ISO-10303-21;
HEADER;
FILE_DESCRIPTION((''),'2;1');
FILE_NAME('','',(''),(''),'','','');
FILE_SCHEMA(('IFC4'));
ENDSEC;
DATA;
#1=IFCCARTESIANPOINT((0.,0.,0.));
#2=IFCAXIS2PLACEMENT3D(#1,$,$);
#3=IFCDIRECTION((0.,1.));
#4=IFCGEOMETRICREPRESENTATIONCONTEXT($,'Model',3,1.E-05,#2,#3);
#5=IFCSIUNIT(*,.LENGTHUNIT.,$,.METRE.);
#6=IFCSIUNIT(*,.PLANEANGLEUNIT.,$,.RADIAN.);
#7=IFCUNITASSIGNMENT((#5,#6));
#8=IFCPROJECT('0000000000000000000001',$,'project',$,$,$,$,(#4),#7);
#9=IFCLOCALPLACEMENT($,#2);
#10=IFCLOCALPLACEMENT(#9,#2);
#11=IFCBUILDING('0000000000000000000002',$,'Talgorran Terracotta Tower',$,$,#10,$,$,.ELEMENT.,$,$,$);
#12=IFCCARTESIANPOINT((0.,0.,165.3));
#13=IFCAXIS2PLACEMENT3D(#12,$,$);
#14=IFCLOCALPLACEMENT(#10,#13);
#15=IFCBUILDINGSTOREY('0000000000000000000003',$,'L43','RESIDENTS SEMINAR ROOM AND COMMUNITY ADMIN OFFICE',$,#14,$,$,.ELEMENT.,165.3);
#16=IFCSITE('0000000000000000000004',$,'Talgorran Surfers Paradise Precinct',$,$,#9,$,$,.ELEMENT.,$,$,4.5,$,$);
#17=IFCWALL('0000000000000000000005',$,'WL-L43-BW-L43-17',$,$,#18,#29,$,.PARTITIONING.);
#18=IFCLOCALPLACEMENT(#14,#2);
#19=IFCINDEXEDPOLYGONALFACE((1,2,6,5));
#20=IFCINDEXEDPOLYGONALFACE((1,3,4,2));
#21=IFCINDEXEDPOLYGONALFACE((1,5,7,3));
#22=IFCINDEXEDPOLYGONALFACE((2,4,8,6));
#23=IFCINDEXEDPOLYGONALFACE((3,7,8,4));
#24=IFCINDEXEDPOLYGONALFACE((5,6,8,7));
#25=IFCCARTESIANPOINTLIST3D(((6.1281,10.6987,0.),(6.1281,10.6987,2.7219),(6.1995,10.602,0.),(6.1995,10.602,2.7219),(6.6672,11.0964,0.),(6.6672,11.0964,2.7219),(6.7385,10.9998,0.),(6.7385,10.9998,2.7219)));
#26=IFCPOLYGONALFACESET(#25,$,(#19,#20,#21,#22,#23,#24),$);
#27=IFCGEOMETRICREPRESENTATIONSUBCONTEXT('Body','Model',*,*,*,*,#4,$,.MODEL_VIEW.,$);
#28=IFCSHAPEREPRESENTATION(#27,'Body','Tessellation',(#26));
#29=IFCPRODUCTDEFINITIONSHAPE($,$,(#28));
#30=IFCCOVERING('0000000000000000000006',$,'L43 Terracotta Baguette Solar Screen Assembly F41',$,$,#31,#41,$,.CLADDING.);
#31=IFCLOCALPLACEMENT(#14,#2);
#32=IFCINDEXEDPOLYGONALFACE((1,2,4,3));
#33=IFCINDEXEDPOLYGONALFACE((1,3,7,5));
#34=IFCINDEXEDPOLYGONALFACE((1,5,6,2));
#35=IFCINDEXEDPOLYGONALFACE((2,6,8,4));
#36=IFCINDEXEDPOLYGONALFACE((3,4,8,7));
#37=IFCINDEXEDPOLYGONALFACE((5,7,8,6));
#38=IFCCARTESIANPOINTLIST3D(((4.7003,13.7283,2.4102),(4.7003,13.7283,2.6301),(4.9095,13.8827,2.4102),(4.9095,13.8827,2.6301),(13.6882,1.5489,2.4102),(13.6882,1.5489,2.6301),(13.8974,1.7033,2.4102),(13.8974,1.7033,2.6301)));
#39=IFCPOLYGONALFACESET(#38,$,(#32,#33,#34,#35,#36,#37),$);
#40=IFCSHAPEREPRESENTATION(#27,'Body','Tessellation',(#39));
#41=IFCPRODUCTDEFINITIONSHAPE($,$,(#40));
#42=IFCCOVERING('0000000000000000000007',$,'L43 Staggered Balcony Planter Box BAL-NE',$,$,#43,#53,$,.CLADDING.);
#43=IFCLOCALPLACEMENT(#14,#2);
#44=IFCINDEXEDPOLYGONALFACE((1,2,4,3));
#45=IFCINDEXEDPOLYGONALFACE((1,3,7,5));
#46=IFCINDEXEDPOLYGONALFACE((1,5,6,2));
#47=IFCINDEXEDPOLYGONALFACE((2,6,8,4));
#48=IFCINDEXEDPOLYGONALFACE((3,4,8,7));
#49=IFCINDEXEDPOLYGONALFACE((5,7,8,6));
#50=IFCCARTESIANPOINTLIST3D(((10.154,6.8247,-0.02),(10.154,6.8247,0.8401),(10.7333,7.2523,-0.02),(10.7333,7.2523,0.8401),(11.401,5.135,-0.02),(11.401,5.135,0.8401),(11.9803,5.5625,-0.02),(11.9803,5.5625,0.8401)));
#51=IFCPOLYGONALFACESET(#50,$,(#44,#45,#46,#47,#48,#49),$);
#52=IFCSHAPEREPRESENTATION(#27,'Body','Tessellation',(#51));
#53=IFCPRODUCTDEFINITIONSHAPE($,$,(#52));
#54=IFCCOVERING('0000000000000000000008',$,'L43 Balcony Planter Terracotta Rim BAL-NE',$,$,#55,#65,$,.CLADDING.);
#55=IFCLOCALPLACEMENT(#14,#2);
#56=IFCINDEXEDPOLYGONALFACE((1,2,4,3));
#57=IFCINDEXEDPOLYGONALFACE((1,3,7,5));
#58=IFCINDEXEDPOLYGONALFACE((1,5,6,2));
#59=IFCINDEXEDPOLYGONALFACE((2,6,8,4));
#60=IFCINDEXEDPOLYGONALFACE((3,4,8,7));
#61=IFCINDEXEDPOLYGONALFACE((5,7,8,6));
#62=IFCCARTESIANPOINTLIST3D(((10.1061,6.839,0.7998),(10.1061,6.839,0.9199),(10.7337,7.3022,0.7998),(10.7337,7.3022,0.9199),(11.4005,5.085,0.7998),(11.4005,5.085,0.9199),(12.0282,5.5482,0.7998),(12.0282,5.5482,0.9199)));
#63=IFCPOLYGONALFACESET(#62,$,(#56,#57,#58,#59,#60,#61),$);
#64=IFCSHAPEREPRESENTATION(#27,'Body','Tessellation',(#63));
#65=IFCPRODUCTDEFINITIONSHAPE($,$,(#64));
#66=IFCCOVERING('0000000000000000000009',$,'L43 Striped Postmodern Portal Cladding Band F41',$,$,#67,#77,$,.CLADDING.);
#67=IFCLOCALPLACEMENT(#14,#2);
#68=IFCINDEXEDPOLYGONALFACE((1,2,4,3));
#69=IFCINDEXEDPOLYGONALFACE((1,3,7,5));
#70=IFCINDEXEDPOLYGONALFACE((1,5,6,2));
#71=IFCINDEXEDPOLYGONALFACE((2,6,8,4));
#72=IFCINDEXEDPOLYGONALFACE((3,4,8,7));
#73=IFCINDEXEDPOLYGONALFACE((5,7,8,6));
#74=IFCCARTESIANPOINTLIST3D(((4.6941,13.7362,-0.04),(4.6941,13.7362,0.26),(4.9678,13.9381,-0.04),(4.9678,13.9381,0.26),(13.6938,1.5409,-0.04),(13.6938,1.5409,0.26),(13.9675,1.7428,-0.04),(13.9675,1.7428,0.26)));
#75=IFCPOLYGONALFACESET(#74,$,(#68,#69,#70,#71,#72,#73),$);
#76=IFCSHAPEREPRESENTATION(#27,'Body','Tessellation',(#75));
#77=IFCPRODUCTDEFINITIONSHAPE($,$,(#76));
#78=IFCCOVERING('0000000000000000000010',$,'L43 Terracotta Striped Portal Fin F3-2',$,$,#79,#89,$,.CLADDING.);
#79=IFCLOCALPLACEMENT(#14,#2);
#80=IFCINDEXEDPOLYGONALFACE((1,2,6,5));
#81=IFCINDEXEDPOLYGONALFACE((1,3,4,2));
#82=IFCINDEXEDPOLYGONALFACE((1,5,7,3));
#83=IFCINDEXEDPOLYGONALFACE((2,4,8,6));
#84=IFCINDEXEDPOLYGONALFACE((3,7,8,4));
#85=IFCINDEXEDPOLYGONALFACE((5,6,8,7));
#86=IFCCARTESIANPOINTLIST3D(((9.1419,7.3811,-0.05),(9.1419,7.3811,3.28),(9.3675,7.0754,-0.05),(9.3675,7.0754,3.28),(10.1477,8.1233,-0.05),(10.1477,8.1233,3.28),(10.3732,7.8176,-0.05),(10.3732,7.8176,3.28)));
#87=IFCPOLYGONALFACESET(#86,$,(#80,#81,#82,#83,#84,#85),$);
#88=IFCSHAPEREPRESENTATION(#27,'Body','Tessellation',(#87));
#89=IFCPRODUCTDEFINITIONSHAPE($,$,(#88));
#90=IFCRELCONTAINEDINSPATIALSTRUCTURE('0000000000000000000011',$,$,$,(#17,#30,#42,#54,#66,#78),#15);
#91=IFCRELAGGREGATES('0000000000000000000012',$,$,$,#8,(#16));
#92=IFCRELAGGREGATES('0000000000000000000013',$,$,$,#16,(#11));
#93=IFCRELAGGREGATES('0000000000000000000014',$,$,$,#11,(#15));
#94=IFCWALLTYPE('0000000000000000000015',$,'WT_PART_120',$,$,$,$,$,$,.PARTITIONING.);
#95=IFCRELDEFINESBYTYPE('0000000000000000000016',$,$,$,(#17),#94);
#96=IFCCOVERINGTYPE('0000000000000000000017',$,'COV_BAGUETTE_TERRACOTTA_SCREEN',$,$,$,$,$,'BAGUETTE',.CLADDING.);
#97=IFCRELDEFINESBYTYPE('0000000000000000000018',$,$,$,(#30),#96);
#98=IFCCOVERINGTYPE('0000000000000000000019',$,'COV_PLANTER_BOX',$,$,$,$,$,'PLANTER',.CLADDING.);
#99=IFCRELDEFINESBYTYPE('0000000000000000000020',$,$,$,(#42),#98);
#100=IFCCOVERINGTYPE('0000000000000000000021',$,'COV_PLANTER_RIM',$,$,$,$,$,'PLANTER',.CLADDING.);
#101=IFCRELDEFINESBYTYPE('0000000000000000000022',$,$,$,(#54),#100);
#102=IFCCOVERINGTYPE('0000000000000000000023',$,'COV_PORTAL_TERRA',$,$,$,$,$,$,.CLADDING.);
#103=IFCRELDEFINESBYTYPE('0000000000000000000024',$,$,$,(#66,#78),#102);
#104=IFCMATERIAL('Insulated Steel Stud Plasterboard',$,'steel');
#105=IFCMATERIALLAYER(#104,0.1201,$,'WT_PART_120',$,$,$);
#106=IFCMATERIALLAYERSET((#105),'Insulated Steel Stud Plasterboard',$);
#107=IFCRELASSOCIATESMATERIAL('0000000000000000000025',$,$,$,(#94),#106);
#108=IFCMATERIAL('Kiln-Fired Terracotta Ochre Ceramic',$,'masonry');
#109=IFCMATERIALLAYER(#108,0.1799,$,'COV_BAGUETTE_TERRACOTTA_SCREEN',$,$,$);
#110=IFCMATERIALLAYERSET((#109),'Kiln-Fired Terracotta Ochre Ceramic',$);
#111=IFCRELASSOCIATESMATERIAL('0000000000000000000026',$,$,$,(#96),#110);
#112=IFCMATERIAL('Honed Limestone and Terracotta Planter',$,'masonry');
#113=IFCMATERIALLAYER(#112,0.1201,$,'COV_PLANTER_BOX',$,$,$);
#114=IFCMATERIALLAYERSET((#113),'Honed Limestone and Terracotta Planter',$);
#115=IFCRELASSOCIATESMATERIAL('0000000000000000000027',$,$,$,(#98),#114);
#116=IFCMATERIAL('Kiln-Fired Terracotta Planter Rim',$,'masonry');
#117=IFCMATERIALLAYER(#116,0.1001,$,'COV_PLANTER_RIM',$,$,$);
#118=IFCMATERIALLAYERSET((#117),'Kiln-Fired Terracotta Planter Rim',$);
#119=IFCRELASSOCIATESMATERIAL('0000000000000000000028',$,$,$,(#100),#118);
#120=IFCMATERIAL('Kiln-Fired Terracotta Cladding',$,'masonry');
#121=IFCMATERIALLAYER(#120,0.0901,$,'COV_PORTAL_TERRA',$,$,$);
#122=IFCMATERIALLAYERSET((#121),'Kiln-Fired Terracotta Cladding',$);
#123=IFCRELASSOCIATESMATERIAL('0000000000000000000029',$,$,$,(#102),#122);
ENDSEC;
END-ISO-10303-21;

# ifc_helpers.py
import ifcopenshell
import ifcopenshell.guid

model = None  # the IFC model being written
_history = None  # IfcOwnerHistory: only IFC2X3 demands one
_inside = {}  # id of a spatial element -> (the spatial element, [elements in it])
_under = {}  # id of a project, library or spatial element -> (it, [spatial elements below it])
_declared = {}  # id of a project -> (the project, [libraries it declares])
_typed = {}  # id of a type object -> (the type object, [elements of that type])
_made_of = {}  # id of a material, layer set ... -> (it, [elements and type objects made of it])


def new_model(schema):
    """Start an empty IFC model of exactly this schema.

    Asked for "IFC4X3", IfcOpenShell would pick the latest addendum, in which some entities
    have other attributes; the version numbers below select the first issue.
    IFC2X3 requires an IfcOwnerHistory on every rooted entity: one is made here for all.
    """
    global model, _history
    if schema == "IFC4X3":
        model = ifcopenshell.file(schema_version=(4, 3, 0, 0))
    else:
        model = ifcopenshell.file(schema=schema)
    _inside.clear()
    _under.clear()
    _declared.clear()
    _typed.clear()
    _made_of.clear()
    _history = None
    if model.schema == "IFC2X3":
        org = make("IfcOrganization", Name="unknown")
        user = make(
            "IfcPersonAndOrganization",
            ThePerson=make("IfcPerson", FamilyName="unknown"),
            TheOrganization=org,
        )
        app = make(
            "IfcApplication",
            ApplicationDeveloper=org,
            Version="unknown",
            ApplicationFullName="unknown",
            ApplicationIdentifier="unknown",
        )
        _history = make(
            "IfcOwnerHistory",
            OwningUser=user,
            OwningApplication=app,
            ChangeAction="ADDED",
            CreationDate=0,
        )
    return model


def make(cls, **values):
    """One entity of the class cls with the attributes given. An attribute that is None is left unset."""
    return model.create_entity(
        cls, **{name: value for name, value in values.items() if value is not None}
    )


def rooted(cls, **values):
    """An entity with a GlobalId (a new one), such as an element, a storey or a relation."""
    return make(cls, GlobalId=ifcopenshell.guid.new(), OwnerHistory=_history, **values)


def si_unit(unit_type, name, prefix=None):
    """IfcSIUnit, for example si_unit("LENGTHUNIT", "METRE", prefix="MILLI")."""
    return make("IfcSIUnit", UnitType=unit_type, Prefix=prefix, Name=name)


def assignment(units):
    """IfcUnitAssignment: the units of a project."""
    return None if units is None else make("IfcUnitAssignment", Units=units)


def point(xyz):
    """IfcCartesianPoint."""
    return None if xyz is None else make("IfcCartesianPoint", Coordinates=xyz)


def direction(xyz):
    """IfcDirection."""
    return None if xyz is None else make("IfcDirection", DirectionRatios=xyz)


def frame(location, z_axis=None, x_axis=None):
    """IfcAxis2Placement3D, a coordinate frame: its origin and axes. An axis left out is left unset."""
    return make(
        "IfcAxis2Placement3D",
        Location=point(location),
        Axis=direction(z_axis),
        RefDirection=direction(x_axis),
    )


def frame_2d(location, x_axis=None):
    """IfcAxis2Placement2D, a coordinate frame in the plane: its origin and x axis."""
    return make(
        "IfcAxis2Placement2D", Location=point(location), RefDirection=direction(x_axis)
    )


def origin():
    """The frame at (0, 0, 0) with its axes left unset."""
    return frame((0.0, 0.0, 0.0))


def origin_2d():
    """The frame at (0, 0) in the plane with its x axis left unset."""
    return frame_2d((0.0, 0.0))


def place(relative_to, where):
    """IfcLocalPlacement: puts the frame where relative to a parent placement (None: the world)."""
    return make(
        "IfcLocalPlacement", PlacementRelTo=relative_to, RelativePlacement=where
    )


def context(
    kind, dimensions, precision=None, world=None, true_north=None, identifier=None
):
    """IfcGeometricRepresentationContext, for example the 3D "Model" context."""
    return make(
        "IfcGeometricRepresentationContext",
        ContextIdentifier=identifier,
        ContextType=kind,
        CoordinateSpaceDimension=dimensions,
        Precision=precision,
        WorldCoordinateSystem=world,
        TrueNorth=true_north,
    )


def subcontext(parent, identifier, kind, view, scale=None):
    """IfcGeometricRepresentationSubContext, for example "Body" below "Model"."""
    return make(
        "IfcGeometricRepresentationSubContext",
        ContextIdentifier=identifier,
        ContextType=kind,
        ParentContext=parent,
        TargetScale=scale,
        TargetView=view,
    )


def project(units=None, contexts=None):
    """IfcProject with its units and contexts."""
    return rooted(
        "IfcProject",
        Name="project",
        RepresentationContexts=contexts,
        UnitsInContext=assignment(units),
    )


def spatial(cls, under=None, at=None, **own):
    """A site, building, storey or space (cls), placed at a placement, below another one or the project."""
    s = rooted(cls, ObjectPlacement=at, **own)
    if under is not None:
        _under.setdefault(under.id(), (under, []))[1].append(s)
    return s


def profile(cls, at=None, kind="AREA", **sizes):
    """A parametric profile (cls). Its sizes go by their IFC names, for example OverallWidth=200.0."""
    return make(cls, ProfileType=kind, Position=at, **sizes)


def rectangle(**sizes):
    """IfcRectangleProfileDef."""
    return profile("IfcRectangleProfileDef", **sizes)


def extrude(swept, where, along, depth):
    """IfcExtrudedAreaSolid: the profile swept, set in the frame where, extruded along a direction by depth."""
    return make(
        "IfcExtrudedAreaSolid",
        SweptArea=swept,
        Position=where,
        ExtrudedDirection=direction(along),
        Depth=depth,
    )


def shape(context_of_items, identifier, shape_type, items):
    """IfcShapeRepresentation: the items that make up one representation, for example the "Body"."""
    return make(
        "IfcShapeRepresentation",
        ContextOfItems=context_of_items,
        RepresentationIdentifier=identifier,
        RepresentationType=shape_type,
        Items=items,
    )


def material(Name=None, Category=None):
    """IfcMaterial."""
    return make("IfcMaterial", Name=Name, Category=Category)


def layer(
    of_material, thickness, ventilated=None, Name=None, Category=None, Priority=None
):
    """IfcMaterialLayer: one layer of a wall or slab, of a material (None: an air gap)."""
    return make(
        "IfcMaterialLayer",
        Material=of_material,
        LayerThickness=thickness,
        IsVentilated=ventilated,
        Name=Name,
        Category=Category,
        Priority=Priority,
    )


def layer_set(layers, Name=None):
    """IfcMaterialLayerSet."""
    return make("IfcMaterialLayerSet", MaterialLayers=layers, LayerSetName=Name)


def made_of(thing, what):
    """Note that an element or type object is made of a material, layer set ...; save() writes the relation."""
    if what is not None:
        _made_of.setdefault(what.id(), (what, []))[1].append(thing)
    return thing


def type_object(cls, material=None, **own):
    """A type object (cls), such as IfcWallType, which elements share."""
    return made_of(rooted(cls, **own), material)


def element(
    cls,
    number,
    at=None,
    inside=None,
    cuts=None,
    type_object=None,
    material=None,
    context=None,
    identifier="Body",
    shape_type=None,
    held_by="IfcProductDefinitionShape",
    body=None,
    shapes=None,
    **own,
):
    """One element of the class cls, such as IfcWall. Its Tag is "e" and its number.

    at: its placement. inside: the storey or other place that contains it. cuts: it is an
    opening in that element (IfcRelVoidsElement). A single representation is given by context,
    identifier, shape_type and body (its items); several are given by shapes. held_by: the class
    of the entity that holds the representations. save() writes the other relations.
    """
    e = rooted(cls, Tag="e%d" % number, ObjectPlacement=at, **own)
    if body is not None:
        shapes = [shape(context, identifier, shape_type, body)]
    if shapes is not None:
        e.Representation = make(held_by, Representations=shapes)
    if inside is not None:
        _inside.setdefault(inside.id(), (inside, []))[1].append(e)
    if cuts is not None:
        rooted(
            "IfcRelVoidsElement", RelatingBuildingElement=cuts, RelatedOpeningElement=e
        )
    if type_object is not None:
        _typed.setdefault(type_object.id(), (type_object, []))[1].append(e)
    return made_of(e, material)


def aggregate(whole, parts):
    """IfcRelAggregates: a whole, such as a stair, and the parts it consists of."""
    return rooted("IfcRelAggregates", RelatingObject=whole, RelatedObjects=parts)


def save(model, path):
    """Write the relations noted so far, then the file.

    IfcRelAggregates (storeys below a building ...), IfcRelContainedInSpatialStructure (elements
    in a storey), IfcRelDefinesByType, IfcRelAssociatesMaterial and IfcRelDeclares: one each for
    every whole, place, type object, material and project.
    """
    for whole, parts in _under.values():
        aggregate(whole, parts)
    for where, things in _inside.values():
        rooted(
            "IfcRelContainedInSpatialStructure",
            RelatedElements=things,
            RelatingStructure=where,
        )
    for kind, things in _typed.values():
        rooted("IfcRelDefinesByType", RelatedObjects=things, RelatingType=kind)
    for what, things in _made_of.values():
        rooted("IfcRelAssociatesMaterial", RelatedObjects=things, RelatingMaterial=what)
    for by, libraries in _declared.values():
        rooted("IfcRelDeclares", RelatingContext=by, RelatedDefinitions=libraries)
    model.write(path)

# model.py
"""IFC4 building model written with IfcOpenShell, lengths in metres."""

from ifc_helpers import new_model, si_unit, direction, frame, frame_2d, origin, origin_2d, place, context, subcontext, project, spatial, rectangle, extrude, material, layer, layer_set, type_object, element, save


model = new_model("IFC4")

# Units and contexts
model_context = context("Model", 3, precision=1e-05, world=origin(), true_north=direction((0.0, 1.0)))
body_context = subcontext(model_context, "Body", "Model", "MODEL_VIEW")
ifc_project = project(units=[si_unit("LENGTHUNIT", "METRE"), si_unit("PLANEANGLEUNIT", "RADIAN")], contexts=[model_context])

# Site, building, storey
site_placement = place(None, origin())
site = spatial("IfcSite", under=ifc_project, at=site_placement, Name="Talgorran Surfers Paradise Precinct", CompositionType="ELEMENT", RefElevation=4.5)
building_placement = place(site_placement, origin())
building = spatial("IfcBuilding", under=site, at=building_placement, Name="Talgorran Terracotta Tower", CompositionType="ELEMENT")
storey_placement = place(building_placement, frame((0.0, 0.0, 165.3)))
storey = spatial("IfcBuildingStorey", under=building, at=storey_placement, Name="L43", Description="RESIDENTS SEMINAR ROOM AND COMMUNITY ADMIN OFFICE", CompositionType="ELEMENT", Elevation=165.3)

# Wall
ifc_material_1 = material(Name="Insulated Steel Stud Plasterboard", Category="steel")
ifc_layer_1 = layer(ifc_material_1, 0.1201, Name="WT_PART_120")
ifc_layer_set_1 = layer_set([ifc_layer_1], Name="Insulated Steel Stud Plasterboard")
wall_type_1 = type_object("IfcWallType", Name="WT_PART_120", PredefinedType="PARTITIONING", material=ifc_layer_set_1)
wall_1_placement = place(storey_placement, frame((6.7029, 11.0481, 0.0), z_axis=(0.0, 0.0, 1.0), x_axis=(-0.804698, -0.593684, 0.0)))
element("IfcWall", 1, at=wall_1_placement, inside=storey, type_object=wall_type_1, Name="WL-L43-BW-L43-17", PredefinedType="PARTITIONING", context=body_context, shape_type="SweptSolid", body=[
    extrude(rectangle(XDim=0.6699, YDim=0.1201, at=frame_2d((0.335, 0.0))), origin(), (0.0, 0.0, 1.0), 2.7219),
])

# Coverings
ifc_material_2 = material(Name="Kiln-Fired Terracotta Ochre Ceramic", Category="masonry")
ifc_layer_2 = layer(ifc_material_2, 0.1799, Name="COV_BAGUETTE_TERRACOTTA_SCREEN")
ifc_layer_set_2 = layer_set([ifc_layer_2], Name="Kiln-Fired Terracotta Ochre Ceramic")
covering_type_1 = type_object("IfcCoveringType", Name="COV_BAGUETTE_TERRACOTTA_SCREEN", ElementType="BAGUETTE", PredefinedType="CLADDING", material=ifc_layer_set_2)
covering_1_placement = place(storey_placement, frame((9.2988, 7.7158, 2.4102), z_axis=(0.0, 0.0, 1.0), x_axis=(-0.593784, 0.804624, 0.0)))
element("IfcCovering", 2, at=covering_1_placement, inside=storey, type_object=covering_type_1, Name="L43 Terracotta Baguette Solar Screen Assembly F41", PredefinedType="CLADDING", context=body_context, shape_type="SweptSolid", body=[
    extrude(rectangle(XDim=15.1367, YDim=0.26, at=origin_2d()), origin(), (0.0, 0.0, 1.0), 0.22),
])
ifc_material_3 = material(Name="Honed Limestone and Terracotta Planter", Category="masonry")
ifc_layer_3 = layer(ifc_material_3, 0.1201, Name="COV_PLANTER_BOX")
ifc_layer_set_3 = layer_set([ifc_layer_3], Name="Honed Limestone and Terracotta Planter")
covering_type_2 = type_object("IfcCoveringType", Name="COV_PLANTER_BOX", ElementType="PLANTER", PredefinedType="CLADDING", material=ifc_layer_set_3)
covering_2_placement = place(storey_placement, frame((11.0671, 6.1936, -0.02), z_axis=(0.0, 0.0, 1.0), x_axis=(-0.593784, 0.804624, 0.0)))
element("IfcCovering", 3, at=covering_2_placement, inside=storey, type_object=covering_type_2, Name="L43 Staggered Balcony Planter Box BAL-NE", PredefinedType="CLADDING", context=body_context, shape_type="SweptSolid", body=[
    extrude(rectangle(XDim=2.1001, YDim=0.72, at=origin_2d()), origin(), (0.0, 0.0, 1.0), 0.8601),
])
ifc_material_4 = material(Name="Kiln-Fired Terracotta Planter Rim", Category="masonry")
ifc_layer_4 = layer(ifc_material_4, 0.1001, Name="COV_PLANTER_RIM")
ifc_layer_set_4 = layer_set([ifc_layer_4], Name="Kiln-Fired Terracotta Planter Rim")
covering_type_3 = type_object("IfcCoveringType", Name="COV_PLANTER_RIM", ElementType="PLANTER", PredefinedType="CLADDING", material=ifc_layer_set_4)
covering_3_placement = place(storey_placement, frame((11.0671, 6.1936, 0.7998), z_axis=(0.0, 0.0, 1.0), x_axis=(-0.593784, 0.804624, 0.0)))
element("IfcCovering", 4, at=covering_3_placement, inside=storey, type_object=covering_type_3, Name="L43 Balcony Planter Terracotta Rim BAL-NE", PredefinedType="CLADDING", context=body_context, shape_type="SweptSolid", body=[
    extrude(rectangle(XDim=2.1799, YDim=0.78, at=origin_2d()), origin(), (0.0, 0.0, 1.0), 0.1201),
])
ifc_material_5 = material(Name="Kiln-Fired Terracotta Cladding", Category="masonry")
ifc_layer_5 = layer(ifc_material_5, 0.0901, Name="COV_PORTAL_TERRA")
ifc_layer_set_5 = layer_set([ifc_layer_5], Name="Kiln-Fired Terracotta Cladding")
covering_type_4 = type_object("IfcCoveringType", Name="COV_PORTAL_TERRA", PredefinedType="CLADDING", material=ifc_layer_set_5)
covering_4_placement = place(storey_placement, frame((9.3308, 7.7395, -0.04), z_axis=(0.0, 0.0, 1.0), x_axis=(-0.593784, 0.804624, 0.0)))
element("IfcCovering", 5, at=covering_4_placement, inside=storey, type_object=covering_type_4, Name="L43 Striped Postmodern Portal Cladding Band F41", PredefinedType="CLADDING", context=body_context, shape_type="SweptSolid", body=[
    extrude(rectangle(XDim=15.1565, YDim=0.3401, at=origin_2d()), origin(), (0.0, 0.0, 1.0), 0.3),
])
covering_5_placement = place(storey_placement, frame((9.7576, 7.5994, -0.05), z_axis=(0.0, 0.0, 1.0), x_axis=(-0.593784, 0.804624, 0.0)))
element("IfcCovering", 6, at=covering_5_placement, inside=storey, type_object=covering_type_4, Name="L43 Terracotta Striped Portal Fin F3-2", PredefinedType="CLADDING", context=body_context, shape_type="SweptSolid", body=[
    extrude(rectangle(XDim=0.3799, YDim=1.25, at=origin_2d()), origin(), (0.0, 0.0, 1.0), 3.3301),
])

save(model, "model.ifc")
